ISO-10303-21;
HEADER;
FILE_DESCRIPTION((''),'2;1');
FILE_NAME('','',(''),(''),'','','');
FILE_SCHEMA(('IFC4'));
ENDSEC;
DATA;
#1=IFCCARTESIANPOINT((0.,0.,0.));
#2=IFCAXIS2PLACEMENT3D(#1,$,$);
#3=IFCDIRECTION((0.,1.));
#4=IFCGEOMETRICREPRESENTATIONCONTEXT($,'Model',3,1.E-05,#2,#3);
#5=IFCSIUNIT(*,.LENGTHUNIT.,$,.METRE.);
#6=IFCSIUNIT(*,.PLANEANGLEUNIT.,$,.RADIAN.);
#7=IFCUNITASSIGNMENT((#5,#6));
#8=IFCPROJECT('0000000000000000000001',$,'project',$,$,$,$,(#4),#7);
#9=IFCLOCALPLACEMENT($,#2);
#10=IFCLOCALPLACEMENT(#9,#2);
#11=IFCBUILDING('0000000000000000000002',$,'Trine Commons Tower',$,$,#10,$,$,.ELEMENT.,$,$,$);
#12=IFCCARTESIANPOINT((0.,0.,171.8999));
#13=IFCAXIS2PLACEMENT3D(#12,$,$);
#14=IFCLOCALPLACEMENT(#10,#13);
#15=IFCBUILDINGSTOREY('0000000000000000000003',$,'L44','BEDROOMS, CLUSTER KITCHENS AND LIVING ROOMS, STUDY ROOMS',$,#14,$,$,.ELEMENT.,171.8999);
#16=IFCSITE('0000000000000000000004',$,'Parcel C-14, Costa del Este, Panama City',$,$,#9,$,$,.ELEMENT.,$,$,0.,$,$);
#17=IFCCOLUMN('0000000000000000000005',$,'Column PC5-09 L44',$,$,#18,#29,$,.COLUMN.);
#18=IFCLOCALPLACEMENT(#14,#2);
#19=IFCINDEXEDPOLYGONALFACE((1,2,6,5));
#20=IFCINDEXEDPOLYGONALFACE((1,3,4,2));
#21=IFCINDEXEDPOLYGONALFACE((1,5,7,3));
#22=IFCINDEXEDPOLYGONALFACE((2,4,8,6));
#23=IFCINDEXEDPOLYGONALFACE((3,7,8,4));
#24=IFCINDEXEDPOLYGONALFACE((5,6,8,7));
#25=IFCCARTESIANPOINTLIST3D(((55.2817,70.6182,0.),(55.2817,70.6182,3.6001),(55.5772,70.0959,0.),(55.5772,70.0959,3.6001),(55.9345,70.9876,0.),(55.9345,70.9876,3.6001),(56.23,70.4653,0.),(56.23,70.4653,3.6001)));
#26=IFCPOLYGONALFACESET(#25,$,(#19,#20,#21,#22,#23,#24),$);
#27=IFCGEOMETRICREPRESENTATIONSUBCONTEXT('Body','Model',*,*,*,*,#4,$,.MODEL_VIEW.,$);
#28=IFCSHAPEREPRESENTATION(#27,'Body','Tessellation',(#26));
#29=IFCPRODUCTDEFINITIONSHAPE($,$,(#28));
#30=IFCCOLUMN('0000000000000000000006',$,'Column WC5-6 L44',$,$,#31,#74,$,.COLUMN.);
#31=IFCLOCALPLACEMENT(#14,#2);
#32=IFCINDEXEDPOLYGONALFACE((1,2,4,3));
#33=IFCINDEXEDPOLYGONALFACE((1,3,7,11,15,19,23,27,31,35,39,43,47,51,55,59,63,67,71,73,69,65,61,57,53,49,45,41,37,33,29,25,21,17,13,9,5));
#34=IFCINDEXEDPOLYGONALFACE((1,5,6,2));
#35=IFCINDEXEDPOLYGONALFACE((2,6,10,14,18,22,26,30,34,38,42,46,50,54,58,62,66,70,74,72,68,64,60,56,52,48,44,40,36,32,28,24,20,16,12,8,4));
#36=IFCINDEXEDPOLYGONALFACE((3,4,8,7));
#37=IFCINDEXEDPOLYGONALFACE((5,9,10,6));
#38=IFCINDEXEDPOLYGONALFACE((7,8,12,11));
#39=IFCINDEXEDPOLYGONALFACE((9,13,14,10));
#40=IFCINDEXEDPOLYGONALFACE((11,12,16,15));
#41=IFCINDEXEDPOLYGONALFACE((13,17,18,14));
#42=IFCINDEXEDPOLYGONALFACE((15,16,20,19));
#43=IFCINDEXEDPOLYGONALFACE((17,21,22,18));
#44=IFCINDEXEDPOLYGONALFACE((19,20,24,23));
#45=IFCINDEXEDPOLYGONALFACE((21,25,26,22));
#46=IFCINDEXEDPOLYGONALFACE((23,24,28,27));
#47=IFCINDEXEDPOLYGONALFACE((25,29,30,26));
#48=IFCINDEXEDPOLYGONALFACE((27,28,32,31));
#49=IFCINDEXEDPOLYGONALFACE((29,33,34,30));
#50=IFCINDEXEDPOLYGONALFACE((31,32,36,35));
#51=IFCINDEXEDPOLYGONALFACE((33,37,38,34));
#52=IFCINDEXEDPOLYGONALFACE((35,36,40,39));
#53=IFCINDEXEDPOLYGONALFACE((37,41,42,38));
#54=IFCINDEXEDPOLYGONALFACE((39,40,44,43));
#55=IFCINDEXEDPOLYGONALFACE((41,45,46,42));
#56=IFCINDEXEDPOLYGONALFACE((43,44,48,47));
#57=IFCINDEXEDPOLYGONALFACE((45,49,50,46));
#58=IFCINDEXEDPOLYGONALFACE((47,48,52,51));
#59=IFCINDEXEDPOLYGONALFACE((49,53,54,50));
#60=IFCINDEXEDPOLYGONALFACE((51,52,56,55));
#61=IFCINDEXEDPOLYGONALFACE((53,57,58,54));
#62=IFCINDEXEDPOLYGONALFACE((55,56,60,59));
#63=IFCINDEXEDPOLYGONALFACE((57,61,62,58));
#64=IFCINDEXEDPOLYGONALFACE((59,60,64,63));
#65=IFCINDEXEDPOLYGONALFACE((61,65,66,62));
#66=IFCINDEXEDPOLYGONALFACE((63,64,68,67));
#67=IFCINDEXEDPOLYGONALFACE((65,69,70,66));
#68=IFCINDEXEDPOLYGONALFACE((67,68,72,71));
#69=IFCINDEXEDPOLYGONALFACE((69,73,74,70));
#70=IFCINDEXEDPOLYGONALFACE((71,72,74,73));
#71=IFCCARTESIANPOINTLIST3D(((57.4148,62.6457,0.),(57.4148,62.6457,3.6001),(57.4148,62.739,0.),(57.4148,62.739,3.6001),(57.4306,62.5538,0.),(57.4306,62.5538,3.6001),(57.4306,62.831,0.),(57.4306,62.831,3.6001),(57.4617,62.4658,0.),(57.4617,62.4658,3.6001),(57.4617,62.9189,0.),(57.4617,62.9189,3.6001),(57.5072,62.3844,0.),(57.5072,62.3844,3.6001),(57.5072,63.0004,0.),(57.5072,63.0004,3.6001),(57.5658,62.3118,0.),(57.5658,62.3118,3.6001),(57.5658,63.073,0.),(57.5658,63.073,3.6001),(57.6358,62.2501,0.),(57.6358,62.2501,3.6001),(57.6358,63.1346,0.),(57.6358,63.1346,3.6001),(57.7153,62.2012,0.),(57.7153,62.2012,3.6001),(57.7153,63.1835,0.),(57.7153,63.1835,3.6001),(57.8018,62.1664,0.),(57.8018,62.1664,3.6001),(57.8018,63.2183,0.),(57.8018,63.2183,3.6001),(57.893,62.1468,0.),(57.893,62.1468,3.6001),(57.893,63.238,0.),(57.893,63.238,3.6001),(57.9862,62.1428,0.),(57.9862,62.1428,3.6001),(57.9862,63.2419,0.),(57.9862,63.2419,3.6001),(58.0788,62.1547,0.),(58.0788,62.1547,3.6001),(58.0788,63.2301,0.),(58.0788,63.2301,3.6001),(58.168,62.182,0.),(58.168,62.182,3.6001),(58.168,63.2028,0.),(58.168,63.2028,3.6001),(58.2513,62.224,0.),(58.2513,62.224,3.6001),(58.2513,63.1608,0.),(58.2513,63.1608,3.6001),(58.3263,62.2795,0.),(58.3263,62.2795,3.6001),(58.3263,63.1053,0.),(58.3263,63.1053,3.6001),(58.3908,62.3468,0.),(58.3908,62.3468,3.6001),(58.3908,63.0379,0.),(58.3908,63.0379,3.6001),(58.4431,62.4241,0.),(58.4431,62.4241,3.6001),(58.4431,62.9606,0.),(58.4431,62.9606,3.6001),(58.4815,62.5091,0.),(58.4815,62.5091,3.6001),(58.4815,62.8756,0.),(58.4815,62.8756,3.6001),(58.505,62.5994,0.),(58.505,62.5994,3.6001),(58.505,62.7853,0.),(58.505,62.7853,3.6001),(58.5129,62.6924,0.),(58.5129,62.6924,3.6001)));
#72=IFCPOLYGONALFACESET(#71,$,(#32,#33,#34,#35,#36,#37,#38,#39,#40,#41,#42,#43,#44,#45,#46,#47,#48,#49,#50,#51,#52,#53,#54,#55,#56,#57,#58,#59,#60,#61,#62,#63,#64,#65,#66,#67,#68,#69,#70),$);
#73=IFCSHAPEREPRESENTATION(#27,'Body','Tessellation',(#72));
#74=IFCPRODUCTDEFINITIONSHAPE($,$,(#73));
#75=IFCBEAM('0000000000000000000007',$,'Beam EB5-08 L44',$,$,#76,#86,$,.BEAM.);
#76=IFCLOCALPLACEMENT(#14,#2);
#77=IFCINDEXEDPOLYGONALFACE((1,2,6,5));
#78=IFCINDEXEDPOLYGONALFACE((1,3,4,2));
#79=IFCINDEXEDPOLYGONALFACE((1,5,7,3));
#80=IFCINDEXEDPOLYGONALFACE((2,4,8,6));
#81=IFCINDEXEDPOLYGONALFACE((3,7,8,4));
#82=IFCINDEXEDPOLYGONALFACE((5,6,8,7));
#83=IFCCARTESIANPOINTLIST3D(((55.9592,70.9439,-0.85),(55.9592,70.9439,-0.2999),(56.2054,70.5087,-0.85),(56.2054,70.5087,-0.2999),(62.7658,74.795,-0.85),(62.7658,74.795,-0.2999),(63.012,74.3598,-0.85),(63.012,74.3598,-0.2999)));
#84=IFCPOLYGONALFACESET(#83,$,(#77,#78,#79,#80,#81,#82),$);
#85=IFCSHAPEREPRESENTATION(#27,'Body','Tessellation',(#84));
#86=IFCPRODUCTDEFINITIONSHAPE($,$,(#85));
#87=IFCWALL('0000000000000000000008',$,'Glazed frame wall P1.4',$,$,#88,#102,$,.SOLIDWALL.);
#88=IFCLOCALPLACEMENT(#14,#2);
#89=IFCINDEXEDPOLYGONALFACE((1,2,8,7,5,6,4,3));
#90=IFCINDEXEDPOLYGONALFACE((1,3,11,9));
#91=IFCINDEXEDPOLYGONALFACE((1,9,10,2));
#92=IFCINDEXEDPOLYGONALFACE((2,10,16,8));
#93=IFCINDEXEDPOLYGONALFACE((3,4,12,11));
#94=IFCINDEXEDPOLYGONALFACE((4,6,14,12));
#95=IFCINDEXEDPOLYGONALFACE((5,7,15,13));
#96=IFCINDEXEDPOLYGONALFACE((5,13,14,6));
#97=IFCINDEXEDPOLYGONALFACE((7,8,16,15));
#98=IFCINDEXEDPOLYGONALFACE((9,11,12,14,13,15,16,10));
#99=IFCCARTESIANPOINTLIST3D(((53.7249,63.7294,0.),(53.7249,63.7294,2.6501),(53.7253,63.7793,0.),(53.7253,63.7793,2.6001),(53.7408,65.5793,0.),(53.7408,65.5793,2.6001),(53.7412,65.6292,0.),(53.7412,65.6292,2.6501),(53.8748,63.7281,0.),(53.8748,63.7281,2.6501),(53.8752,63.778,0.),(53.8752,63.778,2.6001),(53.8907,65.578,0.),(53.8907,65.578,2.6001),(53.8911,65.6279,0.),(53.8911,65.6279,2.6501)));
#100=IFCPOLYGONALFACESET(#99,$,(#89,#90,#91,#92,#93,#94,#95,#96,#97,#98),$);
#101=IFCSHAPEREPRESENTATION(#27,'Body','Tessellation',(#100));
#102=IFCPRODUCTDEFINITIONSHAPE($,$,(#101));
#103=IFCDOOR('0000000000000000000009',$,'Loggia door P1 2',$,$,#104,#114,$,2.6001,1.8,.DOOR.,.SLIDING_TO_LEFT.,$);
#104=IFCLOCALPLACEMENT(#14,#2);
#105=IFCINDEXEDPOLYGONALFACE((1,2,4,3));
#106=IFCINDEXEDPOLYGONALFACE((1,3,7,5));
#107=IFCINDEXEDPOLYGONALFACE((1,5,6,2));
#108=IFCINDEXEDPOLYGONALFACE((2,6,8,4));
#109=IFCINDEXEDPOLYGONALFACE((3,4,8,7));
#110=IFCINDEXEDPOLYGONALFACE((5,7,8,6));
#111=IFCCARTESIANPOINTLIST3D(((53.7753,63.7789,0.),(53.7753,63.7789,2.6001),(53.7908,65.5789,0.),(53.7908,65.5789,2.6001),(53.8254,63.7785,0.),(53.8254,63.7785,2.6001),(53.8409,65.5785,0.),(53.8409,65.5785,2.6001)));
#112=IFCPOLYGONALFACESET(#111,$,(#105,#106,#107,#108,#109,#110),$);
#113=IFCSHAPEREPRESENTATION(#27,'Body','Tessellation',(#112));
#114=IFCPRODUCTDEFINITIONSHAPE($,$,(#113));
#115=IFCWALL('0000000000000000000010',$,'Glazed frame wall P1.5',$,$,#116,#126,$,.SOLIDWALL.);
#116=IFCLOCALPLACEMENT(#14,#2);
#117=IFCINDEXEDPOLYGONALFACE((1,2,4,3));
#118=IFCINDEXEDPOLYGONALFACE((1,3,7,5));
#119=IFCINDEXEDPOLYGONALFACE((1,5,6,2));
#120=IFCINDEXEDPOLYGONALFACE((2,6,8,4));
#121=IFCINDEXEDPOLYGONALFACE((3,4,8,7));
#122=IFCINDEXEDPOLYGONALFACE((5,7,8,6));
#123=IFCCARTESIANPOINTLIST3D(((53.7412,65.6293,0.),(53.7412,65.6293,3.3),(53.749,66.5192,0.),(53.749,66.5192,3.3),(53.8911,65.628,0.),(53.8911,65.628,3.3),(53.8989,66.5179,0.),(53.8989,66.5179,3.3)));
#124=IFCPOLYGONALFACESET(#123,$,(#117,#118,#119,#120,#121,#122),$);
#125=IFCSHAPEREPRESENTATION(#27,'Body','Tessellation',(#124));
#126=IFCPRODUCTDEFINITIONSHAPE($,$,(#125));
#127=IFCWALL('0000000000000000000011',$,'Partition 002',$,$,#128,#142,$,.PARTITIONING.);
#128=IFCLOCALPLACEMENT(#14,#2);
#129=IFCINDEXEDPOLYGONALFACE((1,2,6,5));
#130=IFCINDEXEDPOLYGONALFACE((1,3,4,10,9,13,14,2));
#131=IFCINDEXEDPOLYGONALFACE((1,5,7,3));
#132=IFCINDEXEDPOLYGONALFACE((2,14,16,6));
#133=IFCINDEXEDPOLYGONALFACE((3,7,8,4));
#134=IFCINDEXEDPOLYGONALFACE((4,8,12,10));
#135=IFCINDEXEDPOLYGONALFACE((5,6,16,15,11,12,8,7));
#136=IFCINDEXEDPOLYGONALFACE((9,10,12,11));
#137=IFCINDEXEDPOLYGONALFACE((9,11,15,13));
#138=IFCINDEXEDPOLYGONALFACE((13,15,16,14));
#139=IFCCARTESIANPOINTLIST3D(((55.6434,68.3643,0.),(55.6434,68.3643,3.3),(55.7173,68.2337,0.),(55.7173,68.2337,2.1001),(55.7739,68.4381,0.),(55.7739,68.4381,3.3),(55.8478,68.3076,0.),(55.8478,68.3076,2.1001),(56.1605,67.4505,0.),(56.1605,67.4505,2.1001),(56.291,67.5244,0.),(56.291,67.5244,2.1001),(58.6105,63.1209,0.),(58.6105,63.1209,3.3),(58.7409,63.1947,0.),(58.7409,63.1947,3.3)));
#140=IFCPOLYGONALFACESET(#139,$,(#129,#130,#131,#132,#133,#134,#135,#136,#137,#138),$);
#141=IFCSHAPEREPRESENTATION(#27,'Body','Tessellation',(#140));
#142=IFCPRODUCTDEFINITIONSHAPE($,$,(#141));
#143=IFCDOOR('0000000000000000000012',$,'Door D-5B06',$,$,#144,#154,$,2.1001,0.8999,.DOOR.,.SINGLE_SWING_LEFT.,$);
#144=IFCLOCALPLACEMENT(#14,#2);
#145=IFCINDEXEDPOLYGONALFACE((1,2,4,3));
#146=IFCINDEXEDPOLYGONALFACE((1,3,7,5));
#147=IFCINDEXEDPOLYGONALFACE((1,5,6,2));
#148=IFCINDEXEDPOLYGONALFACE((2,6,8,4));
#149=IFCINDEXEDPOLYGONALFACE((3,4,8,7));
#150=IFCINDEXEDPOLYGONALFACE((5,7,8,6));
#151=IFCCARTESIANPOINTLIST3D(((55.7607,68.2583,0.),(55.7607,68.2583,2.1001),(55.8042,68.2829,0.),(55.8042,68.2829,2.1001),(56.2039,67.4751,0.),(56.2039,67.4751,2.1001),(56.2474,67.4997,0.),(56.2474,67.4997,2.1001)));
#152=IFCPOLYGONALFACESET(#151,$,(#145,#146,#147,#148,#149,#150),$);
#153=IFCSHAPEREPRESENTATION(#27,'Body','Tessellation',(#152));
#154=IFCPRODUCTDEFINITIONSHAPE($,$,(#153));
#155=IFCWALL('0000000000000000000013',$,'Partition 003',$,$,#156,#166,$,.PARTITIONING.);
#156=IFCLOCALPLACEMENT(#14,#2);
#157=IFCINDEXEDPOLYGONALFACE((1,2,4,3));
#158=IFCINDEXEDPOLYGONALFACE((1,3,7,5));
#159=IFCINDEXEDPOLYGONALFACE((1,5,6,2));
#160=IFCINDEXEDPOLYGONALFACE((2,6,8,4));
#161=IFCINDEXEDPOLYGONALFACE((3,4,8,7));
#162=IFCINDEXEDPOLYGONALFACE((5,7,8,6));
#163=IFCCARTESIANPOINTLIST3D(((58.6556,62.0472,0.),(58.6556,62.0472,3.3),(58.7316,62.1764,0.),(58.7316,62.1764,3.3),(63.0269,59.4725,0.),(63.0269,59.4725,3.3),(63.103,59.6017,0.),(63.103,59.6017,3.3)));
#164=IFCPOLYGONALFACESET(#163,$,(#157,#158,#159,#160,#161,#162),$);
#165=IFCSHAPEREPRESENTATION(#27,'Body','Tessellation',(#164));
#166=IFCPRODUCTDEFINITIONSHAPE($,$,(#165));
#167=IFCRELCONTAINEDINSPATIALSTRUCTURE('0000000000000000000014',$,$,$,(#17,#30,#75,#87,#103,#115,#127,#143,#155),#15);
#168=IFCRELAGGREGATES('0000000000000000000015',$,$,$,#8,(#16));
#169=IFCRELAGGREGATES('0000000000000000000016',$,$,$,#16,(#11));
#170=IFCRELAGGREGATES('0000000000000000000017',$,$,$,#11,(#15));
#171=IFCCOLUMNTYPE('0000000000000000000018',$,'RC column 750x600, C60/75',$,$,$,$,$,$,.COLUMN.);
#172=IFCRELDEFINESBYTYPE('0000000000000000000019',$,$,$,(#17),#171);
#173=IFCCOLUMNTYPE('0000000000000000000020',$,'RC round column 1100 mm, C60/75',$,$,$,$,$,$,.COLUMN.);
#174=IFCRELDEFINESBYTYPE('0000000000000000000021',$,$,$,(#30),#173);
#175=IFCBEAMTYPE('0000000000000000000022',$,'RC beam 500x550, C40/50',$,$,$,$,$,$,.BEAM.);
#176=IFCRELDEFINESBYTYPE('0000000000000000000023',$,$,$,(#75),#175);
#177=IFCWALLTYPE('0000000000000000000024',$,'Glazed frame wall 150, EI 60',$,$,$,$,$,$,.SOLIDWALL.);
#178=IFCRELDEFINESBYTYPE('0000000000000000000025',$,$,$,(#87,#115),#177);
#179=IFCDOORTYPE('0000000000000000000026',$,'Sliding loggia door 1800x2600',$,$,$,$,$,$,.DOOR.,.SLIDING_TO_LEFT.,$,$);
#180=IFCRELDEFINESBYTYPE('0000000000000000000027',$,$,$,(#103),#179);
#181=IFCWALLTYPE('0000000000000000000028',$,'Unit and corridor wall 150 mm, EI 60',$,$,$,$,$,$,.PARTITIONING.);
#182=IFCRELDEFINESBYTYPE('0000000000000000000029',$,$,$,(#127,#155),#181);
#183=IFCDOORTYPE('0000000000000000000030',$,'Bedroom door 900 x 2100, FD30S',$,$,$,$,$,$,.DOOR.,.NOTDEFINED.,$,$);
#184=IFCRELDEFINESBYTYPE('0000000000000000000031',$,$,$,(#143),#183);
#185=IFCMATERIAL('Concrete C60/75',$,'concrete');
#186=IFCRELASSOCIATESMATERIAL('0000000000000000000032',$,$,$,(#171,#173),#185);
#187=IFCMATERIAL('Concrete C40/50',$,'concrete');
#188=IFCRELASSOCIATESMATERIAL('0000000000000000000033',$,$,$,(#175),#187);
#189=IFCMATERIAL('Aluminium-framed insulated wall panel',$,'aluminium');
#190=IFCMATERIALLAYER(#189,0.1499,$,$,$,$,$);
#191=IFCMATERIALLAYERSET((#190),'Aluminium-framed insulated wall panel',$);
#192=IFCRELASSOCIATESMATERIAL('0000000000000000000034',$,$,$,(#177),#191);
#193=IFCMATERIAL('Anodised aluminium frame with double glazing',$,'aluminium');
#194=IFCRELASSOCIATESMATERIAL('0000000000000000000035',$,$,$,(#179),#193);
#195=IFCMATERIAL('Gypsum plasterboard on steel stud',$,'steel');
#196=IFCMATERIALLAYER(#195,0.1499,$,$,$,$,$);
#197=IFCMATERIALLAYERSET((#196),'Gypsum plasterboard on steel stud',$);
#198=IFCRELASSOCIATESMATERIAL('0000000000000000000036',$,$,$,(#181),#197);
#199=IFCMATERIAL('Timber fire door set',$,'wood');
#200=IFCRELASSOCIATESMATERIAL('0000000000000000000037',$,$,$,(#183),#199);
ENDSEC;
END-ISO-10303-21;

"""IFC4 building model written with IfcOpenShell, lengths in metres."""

from ifc_helpers import new_model, si_unit, direction, frame, frame_2d, origin, origin_2d, place, context, subcontext, project, spatial, polyline, rectangle, circle, outline, extrude, material, layer, layer_set, material_profile, profile_set, type_object, element, fill, save


model = new_model("IFC4")

# Units and contexts
model_context = context("Model", 3, precision=1e-05, world=origin(), true_north=direction((0.0, 1.0)))
body_context = subcontext(model_context, "Body", "Model", "MODEL_VIEW")
ifc_project = project(units=[si_unit("LENGTHUNIT", "METRE"), si_unit("PLANEANGLEUNIT", "RADIAN")], contexts=[model_context])

# Site, building, storey
site_placement = place(None, origin())
site = spatial("IfcSite", under=ifc_project, at=site_placement, Name="Parcel C-14, Costa del Este, Panama City", CompositionType="ELEMENT", RefElevation=0.0)
building_placement = place(site_placement, origin())
building = spatial("IfcBuilding", under=site, at=building_placement, Name="Trine Commons Tower", CompositionType="ELEMENT")
storey_placement = place(building_placement, frame((0.0, 0.0, 171.8999)))
storey = spatial("IfcBuildingStorey", under=building, at=storey_placement, Name="L44", Description="BEDROOMS, CLUSTER KITCHENS AND LIVING ROOMS, STUDY ROOMS", CompositionType="ELEMENT", Elevation=171.8999)

# Columns
ifc_material_1 = material(Name="Concrete C60/75", Category="concrete")
ifc_material_profile_1 = material_profile(ifc_material_1, rectangle(XDim=0.75, YDim=0.6001, at=origin_2d()), Name="RC 750x600")
ifc_profile_set_1 = profile_set([ifc_material_profile_1], Name="Concrete C60/75")
column_type_1 = type_object("IfcColumnType", Name="RC column 750x600, C60/75", PredefinedType="COLUMN", material=ifc_profile_set_1)
column_1_placement = place(storey_placement, frame((55.7559, 70.5417, 0.0), z_axis=(0.0, 0.0, 1.0), x_axis=(0.870356, 0.492424, 0.0)))
element("IfcColumn", 1, at=column_1_placement, inside=storey, type_object=column_type_1, Name="Column PC5-09 L44", PredefinedType="COLUMN", context=body_context, shape_type="SweptSolid", body=[
    extrude(rectangle(XDim=0.75, YDim=0.6001, at=origin_2d()), origin(), (0.0, 0.0, 1.0), 3.6001),
])
ifc_material_profile_2 = material_profile(ifc_material_1, circle(Radius=0.55, at=origin_2d()), Name="RC round 1100")
ifc_profile_set_2 = profile_set([ifc_material_profile_2], Name="Concrete C60/75")
column_type_2 = type_object("IfcColumnType", Name="RC round column 1100 mm, C60/75", PredefinedType="COLUMN", material=ifc_profile_set_2)
column_2_placement = place(storey_placement, frame((57.9629, 62.6924, 0.0), z_axis=(0.0, 0.0, 1.0), x_axis=(1.0, 0.0, 0.0)))
element("IfcColumn", 2, at=column_2_placement, inside=storey, type_object=column_type_2, Name="Column WC5-6 L44", PredefinedType="COLUMN", context=body_context, shape_type="SweptSolid", body=[
    extrude(circle(Radius=0.55, at=origin_2d()), origin(), (0.0, 0.0, 1.0), 3.6001),
])

# Beam
ifc_material_2 = material(Name="Concrete C40/50", Category="concrete")
ifc_material_profile_3 = material_profile(ifc_material_2, rectangle(XDim=0.5, YDim=0.55, at=origin_2d()), Name="RC 500x550")
ifc_profile_set_3 = profile_set([ifc_material_profile_3], Name="Concrete C40/50")
beam_type = type_object("IfcBeamType", Name="RC beam 500x550, C40/50", PredefinedType="BEAM", material=ifc_profile_set_3)
beam_placement = place(storey_placement, frame((56.0823, 70.7263, -0.575), z_axis=(0.870352, 0.49243, 0.0), x_axis=(-0.49243, 0.870352, 0.0)))
element("IfcBeam", 3, at=beam_placement, inside=storey, type_object=beam_type, Name="Beam EB5-08 L44", PredefinedType="BEAM", context=body_context, shape_type="SweptSolid", body=[
    extrude(rectangle(XDim=0.5, YDim=0.55, at=origin_2d()), origin(), (0.0, 0.0, 1.0), 7.8206),
])

# Wall, opening, door
ifc_material_3 = material(Name="Aluminium-framed insulated wall panel", Category="aluminium")
ifc_layer_1 = layer(ifc_material_3, 0.1499)
ifc_layer_set_1 = layer_set([ifc_layer_1], Name="Aluminium-framed insulated wall panel")
wall_type_1 = type_object("IfcWallType", Name="Glazed frame wall 150, EI 60", PredefinedType="SOLIDWALL", material=ifc_layer_set_1)
wall_1_placement = place(storey_placement, frame((53.7998, 63.7288, 0.0), z_axis=(0.0, 0.0, 1.0), x_axis=(0.008609, 0.999963, 0.0)))
wall_1 = element("IfcWall", 4, at=wall_1_placement, inside=storey, type_object=wall_type_1, Name="Glazed frame wall P1.4", PredefinedType="SOLIDWALL", context=body_context, shape_type="SweptSolid", body=[
    extrude(outline(polyline([(0.0, -0.075), (1.8999, -0.075), (1.8999, 0.075), (0.0, 0.075), (0.0, -0.075)])), origin(), (0.0, 0.0, 1.0), 2.6501),
])
opening_1_placement = place(wall_1_placement, frame((0.05, 0.0, 0.0)))
opening_1 = element("IfcOpeningElement", 5, at=opening_1_placement, cuts=wall_1, PredefinedType="OPENING", context=body_context, shape_type="SweptSolid", body=[
    extrude(rectangle(XDim=1.8, YDim=2.6001, at=frame_2d((0.8999, 1.3))), frame((0.0, 0.085, 0.0), z_axis=(0.0, -1.0, 0.0), x_axis=(1.0, 0.0, 0.0)), (0.0, 0.0, 1.0), 0.1699),
])
ifc_material_4 = material(Name="Anodised aluminium frame with double glazing", Category="aluminium")
door_type_1 = type_object("IfcDoorType", Name="Sliding loggia door 1800x2600", OperationType="SLIDING_TO_LEFT", PredefinedType="DOOR", material=ifc_material_4)
door_1_placement = place(opening_1_placement, origin())
door_1 = element("IfcDoor", 6, at=door_1_placement, inside=storey, type_object=door_type_1, Name="Loggia door P1 2", OperationType="SLIDING_TO_LEFT", OverallHeight=2.6001, OverallWidth=1.8, PredefinedType="DOOR", context=body_context, shape_type="SweptSolid", body=[
    extrude(rectangle(XDim=1.8, YDim=2.6001, at=frame_2d((0.8999, 1.3))), frame((0.0, 0.0249, 0.0), z_axis=(0.0, -1.0, 0.0), x_axis=(1.0, 0.0, 0.0)), (0.0, 0.0, 1.0), 0.05),
])
fill(opening_1, door_1)

# Wall
wall_2_placement = place(storey_placement, frame((53.8162, 65.6287, 0.0), z_axis=(0.0, 0.0, 1.0), x_axis=(0.008789, 0.999961, 0.0)))
element("IfcWall", 7, at=wall_2_placement, inside=storey, type_object=wall_type_1, Name="Glazed frame wall P1.5", PredefinedType="SOLIDWALL", context=body_context, shape_type="SweptSolid", body=[
    extrude(outline(polyline([(0.8899, 0.075), (0.0, 0.075), (0.0, -0.075), (0.8899, -0.075), (0.8899, 0.075)])), origin(), (0.0, 0.0, 1.0), 3.3),
])

# Wall, opening, door
ifc_material_5 = material(Name="Gypsum plasterboard on steel stud", Category="steel")
ifc_layer_2 = layer(ifc_material_5, 0.1499)
ifc_layer_set_2 = layer_set([ifc_layer_2], Name="Gypsum plasterboard on steel stud")
wall_type_2 = type_object("IfcWallType", Name="Unit and corridor wall 150 mm, EI 60", PredefinedType="PARTITIONING", material=ifc_layer_set_2)
wall_3_placement = place(storey_placement, frame((55.7087, 68.4011, 0.0), z_axis=(0.0, 0.0, 1.0), x_axis=(0.492482, -0.870323, 0.0)))
wall_3 = element("IfcWall", 8, at=wall_3_placement, inside=storey, type_object=wall_type_2, Name="Partition 002", PredefinedType="PARTITIONING", context=body_context, shape_type="SweptSolid", body=[
    extrude(rectangle(XDim=6.0247, YDim=0.1499, at=frame_2d((3.0122, 0.0))), origin(), (0.0, 0.0, 1.0), 3.3),
])
opening_2_placement = place(wall_3_placement, frame((0.1499, 0.0, 0.0)))
opening_2 = element("IfcOpeningElement", 9, at=opening_2_placement, cuts=wall_3, PredefinedType="OPENING", context=body_context, shape_type="SweptSolid", body=[
    extrude(rectangle(XDim=0.8999, YDim=2.1001, at=frame_2d((0.45, 1.05))), frame((0.0, 0.085, 0.0), z_axis=(0.0, -1.0, 0.0), x_axis=(1.0, 0.0, 0.0)), (0.0, 0.0, 1.0), 0.1699),
])
ifc_material_6 = material(Name="Timber fire door set", Category="wood")
door_type_2 = type_object("IfcDoorType", Name="Bedroom door 900 x 2100, FD30S", OperationType="NOTDEFINED", PredefinedType="DOOR", material=ifc_material_6)
door_2_placement = place(opening_2_placement, origin())
door_2 = element("IfcDoor", 10, at=door_2_placement, inside=storey, type_object=door_type_2, Name="Door D-5B06", OperationType="SINGLE_SWING_LEFT", OverallHeight=2.1001, OverallWidth=0.8999, PredefinedType="DOOR", context=body_context, shape_type="SweptSolid", body=[
    extrude(rectangle(XDim=0.8999, YDim=2.1001, at=frame_2d((0.45, 1.05))), frame((0.0, 0.0249, 0.0), z_axis=(0.0, -1.0, 0.0), x_axis=(1.0, 0.0, 0.0)), (0.0, 0.0, 1.0), 0.05),
])
fill(opening_2, door_2)

# Wall
wall_4_placement = place(storey_placement, frame((58.6936, 62.1118, 0.0), z_axis=(0.0, 0.0, 1.0), x_axis=(0.861647, -0.507508, 0.0)))
element("IfcWall", 11, at=wall_4_placement, inside=storey, type_object=wall_type_2, Name="Partition 003", PredefinedType="PARTITIONING", context=body_context, shape_type="SweptSolid", body=[
    extrude(rectangle(XDim=5.0732, YDim=0.1499, at=frame_2d((2.5366, 0.0))), origin(), (0.0, 0.0, 1.0), 3.3),
])

save(model, "model.ifc")
